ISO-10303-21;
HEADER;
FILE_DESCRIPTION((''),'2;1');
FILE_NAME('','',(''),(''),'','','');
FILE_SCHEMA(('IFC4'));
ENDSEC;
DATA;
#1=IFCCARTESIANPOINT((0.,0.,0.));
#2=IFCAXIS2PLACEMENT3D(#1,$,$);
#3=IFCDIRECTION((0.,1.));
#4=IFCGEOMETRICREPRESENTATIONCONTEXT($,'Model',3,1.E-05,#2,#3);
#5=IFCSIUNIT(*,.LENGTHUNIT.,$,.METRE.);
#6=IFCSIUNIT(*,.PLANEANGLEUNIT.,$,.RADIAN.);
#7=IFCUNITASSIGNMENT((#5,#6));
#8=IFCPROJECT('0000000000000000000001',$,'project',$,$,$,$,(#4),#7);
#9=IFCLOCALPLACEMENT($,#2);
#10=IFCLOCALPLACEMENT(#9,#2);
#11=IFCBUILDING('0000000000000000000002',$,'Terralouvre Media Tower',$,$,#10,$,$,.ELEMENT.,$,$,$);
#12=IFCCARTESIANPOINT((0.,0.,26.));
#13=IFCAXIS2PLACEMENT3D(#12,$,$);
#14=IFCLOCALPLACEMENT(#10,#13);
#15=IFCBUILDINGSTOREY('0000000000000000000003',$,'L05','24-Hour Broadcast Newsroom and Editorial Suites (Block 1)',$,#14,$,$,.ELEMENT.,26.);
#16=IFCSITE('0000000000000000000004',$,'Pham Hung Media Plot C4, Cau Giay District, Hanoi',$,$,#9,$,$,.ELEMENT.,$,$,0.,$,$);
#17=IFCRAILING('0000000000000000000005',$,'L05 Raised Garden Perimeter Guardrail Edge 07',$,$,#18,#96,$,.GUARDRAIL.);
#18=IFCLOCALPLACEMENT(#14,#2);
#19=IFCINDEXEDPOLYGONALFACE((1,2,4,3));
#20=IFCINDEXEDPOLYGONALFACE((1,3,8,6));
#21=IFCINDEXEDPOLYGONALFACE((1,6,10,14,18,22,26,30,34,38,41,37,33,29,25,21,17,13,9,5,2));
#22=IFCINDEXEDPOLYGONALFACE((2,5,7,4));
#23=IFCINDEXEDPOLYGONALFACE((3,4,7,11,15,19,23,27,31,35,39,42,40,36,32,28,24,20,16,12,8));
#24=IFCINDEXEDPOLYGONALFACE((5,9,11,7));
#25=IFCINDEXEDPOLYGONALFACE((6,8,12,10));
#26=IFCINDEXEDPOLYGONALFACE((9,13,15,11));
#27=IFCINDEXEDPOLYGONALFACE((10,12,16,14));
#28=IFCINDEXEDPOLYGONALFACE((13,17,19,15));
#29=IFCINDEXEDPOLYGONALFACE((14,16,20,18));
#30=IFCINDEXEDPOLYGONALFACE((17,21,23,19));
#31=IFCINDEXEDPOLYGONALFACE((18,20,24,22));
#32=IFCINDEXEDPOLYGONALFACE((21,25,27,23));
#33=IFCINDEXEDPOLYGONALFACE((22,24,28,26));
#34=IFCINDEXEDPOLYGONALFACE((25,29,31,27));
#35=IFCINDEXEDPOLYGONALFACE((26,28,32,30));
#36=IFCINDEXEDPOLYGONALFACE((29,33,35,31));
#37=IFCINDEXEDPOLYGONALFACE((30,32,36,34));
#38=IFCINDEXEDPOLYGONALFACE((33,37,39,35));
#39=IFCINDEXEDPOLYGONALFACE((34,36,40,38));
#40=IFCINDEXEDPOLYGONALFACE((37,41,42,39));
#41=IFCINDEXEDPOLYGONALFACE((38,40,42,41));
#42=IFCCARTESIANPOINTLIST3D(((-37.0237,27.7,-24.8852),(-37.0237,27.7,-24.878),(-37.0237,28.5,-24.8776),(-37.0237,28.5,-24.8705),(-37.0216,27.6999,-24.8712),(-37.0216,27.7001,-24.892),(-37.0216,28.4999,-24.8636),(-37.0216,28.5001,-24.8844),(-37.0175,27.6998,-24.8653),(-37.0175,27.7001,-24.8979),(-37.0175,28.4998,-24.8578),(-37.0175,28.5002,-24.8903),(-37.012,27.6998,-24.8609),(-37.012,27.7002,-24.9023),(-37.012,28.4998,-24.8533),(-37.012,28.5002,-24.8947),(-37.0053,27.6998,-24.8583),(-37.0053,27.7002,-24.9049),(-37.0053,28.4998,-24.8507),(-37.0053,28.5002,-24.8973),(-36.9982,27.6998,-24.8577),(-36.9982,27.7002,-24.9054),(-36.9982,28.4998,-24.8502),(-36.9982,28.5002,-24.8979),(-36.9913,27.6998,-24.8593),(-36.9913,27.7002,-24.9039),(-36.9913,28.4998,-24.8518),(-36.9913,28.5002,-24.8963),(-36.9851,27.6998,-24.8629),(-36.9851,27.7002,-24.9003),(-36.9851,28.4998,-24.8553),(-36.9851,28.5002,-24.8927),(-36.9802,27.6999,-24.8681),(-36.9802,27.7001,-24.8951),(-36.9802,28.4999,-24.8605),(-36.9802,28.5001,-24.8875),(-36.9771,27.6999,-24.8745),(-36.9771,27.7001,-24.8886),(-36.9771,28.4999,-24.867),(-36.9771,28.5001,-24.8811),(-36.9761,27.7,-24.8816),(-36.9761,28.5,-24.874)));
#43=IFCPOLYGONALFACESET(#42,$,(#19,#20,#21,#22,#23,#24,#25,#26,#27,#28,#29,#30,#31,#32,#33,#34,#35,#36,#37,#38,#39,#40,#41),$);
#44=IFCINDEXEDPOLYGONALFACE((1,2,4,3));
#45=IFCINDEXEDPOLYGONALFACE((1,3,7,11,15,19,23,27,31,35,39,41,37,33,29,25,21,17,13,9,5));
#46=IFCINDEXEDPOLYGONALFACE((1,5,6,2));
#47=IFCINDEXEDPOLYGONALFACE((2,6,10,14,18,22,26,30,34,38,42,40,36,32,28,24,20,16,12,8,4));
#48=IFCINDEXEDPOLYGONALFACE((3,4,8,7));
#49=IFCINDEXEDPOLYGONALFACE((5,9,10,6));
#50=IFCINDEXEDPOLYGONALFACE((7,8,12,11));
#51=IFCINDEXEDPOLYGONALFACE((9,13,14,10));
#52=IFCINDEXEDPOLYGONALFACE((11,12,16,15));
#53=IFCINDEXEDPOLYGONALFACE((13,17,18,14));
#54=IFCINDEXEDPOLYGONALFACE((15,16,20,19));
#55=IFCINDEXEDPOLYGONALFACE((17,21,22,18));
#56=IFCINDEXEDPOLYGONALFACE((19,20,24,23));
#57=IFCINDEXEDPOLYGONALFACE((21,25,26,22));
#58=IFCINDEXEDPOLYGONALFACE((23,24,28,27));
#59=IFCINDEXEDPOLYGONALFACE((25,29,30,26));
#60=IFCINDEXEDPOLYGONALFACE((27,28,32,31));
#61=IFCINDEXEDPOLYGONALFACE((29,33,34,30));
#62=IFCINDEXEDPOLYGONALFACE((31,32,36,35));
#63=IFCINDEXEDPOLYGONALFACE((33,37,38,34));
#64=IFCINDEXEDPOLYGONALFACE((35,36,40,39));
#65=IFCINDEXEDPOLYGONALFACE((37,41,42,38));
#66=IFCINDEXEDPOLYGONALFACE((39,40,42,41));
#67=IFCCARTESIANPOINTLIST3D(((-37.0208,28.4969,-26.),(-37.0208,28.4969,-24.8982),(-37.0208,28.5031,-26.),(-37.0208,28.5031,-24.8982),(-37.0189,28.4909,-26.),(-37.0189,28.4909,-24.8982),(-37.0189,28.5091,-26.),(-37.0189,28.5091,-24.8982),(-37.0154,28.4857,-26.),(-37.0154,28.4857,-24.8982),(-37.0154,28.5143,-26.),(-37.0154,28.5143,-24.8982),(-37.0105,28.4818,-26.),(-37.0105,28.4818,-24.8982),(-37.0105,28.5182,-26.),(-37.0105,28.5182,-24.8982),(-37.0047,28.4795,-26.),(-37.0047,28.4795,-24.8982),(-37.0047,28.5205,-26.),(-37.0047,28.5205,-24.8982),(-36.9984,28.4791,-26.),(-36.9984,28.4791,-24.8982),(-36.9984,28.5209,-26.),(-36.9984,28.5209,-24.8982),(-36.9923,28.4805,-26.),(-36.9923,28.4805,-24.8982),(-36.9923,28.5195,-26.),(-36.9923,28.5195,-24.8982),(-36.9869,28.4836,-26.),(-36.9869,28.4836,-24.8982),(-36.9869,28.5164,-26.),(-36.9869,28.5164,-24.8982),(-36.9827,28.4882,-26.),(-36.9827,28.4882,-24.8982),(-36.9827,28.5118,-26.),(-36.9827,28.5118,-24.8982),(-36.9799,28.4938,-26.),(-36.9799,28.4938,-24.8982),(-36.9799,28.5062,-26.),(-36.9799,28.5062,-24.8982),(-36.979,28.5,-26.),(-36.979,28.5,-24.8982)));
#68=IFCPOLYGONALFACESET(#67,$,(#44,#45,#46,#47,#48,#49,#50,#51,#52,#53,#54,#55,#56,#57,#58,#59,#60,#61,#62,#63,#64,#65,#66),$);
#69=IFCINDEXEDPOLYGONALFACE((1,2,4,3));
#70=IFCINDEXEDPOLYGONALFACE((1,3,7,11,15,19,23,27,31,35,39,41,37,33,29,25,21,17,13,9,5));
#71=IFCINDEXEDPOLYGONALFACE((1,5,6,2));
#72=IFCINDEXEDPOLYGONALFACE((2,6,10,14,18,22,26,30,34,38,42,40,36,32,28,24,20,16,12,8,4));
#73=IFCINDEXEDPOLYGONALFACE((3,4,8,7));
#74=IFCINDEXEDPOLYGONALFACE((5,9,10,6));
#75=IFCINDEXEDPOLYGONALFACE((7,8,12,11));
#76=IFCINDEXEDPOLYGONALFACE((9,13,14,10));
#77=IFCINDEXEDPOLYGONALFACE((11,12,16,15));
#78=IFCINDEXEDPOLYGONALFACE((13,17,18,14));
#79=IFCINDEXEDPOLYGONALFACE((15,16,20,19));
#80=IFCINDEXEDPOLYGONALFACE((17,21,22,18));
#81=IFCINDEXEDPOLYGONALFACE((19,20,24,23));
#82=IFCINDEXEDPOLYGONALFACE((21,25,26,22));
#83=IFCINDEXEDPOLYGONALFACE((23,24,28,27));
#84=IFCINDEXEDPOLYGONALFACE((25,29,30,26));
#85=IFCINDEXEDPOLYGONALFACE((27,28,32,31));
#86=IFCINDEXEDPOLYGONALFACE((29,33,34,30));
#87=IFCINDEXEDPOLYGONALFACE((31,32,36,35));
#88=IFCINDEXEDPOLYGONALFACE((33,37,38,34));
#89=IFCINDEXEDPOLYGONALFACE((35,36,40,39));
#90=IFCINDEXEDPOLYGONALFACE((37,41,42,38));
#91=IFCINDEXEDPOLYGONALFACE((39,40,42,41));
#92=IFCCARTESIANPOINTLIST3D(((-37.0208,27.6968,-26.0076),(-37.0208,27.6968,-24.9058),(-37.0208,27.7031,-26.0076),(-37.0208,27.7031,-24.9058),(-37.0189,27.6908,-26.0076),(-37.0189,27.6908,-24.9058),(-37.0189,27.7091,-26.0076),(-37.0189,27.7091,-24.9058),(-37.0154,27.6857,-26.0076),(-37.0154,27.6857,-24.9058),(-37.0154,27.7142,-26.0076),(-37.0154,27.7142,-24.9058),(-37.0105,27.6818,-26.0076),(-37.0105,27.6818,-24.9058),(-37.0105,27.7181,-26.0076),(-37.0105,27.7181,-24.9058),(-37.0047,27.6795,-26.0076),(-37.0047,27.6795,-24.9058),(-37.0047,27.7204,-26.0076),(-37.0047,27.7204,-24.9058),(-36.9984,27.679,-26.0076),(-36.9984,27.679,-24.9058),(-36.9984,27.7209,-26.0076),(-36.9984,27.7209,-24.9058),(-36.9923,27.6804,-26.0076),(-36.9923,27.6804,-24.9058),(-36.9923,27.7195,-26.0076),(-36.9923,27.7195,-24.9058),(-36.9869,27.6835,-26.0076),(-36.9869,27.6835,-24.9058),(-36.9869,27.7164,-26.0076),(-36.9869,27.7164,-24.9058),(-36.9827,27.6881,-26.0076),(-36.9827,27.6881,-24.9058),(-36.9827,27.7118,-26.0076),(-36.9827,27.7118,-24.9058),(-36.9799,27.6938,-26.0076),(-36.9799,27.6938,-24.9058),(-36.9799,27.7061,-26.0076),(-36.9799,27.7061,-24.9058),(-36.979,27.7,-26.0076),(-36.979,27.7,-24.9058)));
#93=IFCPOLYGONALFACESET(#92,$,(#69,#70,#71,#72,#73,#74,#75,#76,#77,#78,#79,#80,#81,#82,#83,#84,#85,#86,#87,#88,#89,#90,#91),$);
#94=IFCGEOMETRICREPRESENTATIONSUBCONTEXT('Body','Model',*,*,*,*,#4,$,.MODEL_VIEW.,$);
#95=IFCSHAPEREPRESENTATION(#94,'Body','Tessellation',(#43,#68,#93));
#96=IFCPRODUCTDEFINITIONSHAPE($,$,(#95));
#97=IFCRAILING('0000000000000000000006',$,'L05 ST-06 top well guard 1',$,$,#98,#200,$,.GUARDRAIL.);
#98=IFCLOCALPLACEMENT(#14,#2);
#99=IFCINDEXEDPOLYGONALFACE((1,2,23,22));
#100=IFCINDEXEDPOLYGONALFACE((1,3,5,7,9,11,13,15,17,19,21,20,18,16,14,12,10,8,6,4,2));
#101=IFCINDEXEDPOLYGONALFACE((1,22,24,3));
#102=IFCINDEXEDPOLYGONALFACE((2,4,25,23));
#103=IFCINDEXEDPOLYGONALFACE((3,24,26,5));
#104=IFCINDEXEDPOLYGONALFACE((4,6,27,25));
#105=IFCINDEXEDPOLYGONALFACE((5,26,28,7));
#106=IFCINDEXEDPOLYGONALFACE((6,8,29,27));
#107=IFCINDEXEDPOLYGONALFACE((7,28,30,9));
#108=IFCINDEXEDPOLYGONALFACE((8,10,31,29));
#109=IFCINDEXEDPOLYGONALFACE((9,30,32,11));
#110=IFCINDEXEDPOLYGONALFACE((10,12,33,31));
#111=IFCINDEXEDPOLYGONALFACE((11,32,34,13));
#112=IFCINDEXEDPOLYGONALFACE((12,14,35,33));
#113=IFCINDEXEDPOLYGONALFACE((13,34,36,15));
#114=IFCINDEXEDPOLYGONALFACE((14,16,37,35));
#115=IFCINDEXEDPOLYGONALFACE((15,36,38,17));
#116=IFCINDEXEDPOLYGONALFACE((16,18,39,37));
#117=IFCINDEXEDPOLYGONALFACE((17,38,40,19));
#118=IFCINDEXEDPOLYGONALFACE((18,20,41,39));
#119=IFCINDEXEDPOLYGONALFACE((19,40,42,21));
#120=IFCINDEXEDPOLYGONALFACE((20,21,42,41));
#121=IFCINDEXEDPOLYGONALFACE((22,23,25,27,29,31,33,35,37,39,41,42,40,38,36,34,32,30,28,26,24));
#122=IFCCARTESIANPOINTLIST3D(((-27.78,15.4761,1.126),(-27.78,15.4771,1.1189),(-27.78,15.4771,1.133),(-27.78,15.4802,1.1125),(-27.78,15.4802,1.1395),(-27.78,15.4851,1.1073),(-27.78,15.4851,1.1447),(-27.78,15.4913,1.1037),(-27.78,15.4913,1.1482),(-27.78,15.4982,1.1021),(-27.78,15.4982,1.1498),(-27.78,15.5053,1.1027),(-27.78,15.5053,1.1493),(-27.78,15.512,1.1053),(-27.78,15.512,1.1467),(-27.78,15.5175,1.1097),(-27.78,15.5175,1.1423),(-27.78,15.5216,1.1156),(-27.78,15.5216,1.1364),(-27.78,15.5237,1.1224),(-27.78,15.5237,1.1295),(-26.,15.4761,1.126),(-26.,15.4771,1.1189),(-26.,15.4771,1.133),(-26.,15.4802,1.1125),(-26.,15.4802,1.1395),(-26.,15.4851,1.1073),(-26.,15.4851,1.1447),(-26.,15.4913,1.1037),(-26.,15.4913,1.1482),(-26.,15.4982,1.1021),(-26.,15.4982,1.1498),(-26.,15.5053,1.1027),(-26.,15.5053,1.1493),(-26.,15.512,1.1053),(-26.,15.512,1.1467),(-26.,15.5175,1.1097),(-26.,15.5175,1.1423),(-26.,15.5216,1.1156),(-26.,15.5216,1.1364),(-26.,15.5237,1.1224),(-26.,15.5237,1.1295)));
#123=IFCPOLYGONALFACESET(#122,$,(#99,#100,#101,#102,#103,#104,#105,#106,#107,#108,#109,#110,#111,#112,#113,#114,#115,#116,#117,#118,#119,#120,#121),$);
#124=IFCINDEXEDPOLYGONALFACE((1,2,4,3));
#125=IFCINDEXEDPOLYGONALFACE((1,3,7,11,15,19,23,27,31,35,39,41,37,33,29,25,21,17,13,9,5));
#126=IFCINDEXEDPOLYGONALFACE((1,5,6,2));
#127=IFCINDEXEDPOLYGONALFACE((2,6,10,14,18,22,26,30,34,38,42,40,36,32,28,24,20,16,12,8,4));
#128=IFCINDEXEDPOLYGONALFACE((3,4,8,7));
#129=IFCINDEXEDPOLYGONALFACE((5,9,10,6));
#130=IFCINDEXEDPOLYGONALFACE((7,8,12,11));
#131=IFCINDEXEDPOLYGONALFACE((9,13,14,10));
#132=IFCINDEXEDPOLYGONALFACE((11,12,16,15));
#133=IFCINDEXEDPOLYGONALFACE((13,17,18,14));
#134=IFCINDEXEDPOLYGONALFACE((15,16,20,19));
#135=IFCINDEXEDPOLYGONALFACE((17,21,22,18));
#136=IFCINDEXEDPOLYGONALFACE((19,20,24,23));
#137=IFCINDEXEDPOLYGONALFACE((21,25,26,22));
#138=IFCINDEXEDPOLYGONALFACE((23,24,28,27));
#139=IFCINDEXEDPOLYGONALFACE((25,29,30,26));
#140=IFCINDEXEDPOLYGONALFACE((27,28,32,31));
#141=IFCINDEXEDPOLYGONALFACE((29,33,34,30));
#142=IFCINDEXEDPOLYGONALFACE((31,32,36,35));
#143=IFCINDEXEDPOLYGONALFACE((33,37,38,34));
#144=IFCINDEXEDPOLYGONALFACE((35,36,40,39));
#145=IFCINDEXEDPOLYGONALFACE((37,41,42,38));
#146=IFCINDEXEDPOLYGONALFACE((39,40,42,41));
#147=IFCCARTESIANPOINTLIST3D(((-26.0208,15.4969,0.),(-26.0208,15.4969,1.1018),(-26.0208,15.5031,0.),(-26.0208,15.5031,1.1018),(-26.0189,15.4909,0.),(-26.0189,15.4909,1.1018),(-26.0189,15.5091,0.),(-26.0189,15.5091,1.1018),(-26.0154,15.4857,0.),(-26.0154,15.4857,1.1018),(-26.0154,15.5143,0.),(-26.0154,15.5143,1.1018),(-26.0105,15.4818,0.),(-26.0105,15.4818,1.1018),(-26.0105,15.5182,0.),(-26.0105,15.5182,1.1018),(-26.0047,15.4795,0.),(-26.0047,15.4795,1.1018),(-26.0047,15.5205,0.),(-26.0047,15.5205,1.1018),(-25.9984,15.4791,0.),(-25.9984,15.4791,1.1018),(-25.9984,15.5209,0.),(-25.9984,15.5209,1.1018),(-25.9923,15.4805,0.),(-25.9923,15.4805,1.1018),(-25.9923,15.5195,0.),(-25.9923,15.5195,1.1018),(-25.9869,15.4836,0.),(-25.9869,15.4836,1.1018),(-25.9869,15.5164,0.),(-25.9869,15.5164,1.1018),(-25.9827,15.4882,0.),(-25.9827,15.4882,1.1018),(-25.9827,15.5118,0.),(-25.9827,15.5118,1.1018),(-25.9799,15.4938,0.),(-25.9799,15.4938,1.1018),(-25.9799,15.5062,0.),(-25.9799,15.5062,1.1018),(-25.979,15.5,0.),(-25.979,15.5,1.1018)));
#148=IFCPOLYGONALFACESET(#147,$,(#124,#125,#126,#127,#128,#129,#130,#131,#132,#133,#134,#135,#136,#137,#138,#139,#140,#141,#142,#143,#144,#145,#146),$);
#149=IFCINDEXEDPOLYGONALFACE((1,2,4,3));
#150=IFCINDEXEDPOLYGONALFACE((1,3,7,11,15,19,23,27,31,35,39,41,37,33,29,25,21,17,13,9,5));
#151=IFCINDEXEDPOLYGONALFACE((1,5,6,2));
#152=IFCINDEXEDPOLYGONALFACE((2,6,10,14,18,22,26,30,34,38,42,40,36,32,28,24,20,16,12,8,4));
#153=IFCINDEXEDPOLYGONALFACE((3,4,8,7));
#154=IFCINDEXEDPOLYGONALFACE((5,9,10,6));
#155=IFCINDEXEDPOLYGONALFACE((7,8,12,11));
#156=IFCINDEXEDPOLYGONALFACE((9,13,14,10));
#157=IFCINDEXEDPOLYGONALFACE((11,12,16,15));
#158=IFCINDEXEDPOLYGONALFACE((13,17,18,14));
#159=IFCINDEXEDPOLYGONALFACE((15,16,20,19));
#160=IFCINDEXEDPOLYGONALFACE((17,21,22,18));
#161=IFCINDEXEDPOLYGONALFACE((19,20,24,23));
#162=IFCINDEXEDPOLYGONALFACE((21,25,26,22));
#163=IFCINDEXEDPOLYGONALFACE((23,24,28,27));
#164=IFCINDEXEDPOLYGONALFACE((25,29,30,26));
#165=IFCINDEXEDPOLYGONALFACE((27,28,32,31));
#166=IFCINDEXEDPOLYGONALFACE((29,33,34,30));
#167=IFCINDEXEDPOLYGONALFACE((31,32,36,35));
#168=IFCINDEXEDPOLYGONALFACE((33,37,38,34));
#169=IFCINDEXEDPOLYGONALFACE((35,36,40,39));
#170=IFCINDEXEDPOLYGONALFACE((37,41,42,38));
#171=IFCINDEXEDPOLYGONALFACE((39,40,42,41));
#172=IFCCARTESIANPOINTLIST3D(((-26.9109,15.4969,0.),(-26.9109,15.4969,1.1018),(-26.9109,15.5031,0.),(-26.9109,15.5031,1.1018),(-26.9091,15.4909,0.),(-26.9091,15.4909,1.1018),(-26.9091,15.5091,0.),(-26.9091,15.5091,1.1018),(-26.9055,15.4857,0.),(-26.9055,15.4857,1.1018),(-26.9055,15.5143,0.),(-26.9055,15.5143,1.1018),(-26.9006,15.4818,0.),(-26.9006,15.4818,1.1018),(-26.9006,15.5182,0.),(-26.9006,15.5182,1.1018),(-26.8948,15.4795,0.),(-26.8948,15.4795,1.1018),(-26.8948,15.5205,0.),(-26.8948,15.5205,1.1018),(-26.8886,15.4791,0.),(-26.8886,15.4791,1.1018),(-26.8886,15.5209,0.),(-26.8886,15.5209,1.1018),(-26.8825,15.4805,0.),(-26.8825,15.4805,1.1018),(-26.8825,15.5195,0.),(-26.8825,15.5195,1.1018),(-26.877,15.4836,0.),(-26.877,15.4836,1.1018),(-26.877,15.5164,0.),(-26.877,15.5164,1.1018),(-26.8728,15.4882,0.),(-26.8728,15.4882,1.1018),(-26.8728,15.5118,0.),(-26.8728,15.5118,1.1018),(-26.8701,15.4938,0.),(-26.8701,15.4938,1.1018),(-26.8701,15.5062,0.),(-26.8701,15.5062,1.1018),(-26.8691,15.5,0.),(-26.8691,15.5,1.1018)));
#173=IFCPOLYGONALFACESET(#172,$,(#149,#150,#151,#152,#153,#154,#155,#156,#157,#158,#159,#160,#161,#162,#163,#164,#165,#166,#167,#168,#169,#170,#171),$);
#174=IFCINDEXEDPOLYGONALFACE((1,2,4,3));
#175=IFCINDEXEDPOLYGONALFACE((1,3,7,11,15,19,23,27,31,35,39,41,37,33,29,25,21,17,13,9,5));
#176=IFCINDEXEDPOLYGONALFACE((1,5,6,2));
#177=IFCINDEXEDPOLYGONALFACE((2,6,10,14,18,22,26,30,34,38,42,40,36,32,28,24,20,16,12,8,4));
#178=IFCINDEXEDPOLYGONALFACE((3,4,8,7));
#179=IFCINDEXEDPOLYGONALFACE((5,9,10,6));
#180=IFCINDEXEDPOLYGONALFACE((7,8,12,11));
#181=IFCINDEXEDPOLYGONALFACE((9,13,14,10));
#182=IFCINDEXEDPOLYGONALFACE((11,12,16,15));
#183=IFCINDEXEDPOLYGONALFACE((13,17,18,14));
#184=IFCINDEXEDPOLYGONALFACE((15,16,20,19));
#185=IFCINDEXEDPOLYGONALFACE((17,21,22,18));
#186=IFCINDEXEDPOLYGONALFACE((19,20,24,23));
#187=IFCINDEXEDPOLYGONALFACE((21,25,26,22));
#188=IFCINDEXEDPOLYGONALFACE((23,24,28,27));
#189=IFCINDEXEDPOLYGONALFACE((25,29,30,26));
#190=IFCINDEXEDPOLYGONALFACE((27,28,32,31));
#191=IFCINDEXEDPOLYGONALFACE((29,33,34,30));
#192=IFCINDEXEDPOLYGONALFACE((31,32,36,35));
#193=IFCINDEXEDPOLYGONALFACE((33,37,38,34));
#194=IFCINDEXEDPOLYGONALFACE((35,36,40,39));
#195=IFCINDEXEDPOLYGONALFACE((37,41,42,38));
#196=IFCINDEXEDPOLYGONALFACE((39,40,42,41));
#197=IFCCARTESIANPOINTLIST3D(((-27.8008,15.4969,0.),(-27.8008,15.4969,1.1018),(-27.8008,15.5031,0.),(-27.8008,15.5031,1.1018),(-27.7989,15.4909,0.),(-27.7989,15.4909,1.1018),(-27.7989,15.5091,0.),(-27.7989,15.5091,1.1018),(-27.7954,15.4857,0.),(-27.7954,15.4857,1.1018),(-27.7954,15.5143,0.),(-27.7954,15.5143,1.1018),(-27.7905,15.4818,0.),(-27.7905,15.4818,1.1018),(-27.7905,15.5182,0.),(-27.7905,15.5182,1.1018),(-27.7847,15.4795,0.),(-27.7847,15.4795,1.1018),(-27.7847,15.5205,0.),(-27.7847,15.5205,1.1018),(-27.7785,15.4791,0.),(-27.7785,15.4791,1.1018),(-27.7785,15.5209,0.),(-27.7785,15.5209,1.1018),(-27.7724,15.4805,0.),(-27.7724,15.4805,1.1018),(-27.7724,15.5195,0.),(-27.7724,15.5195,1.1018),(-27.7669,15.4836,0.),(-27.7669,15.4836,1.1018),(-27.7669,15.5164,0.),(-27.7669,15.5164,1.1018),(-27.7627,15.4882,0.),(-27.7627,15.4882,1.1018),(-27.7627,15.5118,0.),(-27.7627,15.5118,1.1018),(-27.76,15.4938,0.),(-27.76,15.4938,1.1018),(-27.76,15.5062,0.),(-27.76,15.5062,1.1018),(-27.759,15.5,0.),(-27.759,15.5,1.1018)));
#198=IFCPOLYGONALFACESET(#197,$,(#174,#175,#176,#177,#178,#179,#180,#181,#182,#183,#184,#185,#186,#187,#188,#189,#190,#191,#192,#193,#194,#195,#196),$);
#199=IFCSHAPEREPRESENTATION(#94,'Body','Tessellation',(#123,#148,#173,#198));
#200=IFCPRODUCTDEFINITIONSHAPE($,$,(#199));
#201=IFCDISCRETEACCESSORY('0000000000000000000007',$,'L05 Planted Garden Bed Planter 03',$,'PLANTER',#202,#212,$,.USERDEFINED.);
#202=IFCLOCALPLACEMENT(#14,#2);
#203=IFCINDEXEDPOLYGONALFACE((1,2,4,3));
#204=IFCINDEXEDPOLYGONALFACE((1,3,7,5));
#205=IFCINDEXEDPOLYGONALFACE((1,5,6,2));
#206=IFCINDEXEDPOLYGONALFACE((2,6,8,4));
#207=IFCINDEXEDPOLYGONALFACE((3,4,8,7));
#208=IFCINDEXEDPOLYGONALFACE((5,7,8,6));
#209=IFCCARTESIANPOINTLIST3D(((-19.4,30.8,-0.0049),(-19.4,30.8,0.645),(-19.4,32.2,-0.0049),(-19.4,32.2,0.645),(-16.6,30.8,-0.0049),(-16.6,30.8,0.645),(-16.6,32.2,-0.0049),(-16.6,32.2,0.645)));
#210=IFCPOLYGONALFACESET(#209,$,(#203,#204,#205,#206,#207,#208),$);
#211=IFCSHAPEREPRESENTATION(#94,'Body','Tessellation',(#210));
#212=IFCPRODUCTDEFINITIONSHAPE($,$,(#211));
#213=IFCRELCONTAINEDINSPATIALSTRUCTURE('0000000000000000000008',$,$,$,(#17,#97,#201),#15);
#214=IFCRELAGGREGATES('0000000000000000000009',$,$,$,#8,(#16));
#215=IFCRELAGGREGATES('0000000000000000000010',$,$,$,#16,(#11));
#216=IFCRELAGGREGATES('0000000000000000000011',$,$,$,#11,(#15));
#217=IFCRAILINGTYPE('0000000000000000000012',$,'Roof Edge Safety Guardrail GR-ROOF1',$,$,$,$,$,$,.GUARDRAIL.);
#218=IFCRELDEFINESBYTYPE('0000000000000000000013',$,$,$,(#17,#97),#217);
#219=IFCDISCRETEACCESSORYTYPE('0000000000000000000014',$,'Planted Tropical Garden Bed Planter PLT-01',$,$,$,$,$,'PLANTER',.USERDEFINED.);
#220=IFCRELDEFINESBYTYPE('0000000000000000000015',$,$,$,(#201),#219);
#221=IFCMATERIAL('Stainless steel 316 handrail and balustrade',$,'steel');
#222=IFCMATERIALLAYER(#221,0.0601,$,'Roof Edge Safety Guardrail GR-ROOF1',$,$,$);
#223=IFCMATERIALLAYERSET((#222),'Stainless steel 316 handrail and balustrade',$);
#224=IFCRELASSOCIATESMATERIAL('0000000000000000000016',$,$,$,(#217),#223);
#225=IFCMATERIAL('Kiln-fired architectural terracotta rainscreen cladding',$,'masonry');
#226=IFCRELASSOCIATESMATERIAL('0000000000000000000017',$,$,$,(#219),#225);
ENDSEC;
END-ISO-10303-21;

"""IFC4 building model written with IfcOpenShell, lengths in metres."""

from ifc_helpers import new_model, si_unit, direction, frame, origin, origin_2d, place, context, subcontext, project, spatial, rectangle, circle, extrude, material, layer, layer_set, type_object, element, save


model = new_model("IFC4")

# Units and contexts
model_context = context("Model", 3, precision=1e-05, world=origin(), true_north=direction((0.0, 1.0)))
body_context = subcontext(model_context, "Body", "Model", "MODEL_VIEW")
ifc_project = project(units=[si_unit("LENGTHUNIT", "METRE"), si_unit("PLANEANGLEUNIT", "RADIAN")], contexts=[model_context])

# Site, building, storey
site_placement = place(None, origin())
site = spatial("IfcSite", under=ifc_project, at=site_placement, Name="Pham Hung Media Plot C4, Cau Giay District, Hanoi", CompositionType="ELEMENT", RefElevation=0.0)
building_placement = place(site_placement, origin())
building = spatial("IfcBuilding", under=site, at=building_placement, Name="Terralouvre Media Tower", CompositionType="ELEMENT")
storey_placement = place(building_placement, frame((0.0, 0.0, 26.0)))
storey = spatial("IfcBuildingStorey", under=building, at=storey_placement, Name="L05", Description="24-Hour Broadcast Newsroom and Editorial Suites (Block 1)", CompositionType="ELEMENT", Elevation=26.0)

# Railings
ifc_material_1 = material(Name="Stainless steel 316 handrail and balustrade", Category="steel")
ifc_layer_1 = layer(ifc_material_1, 0.0601, Name="Roof Edge Safety Guardrail GR-ROOF1")
ifc_layer_set_1 = layer_set([ifc_layer_1], Name="Stainless steel 316 handrail and balustrade")
railing_type = type_object("IfcRailingType", Name="Roof Edge Safety Guardrail GR-ROOF1", PredefinedType="GUARDRAIL", material=ifc_layer_set_1)
railing_1_placement = place(storey_placement, frame((-37.0, 28.5, -26.0)))
element("IfcRailing", 1, at=railing_1_placement, inside=storey, type_object=railing_type, Name="L05 Raised Garden Perimeter Guardrail Edge 07", PredefinedType="GUARDRAIL", context=body_context, shape_type="SweptSolid", body=[
    extrude(circle(Radius=0.0239, at=origin_2d()), frame((0.0, 0.0, 1.126), z_axis=(0.0, -0.999955, -0.009459), x_axis=(1.0, 0.0, 0.0)), (0.0, 0.0, 1.0), 0.8),
    extrude(circle(Radius=0.021, at=origin_2d()), origin(), (0.0, 0.0, 1.0), 1.1018),
    extrude(circle(Radius=0.021, at=origin_2d()), frame((0.0, -0.8, -0.0076)), (0.0, 0.0, 1.0), 1.1018),
])
railing_2_placement = place(storey_placement, frame((-26.0, 15.5, 0.0)))
element("IfcRailing", 2, at=railing_2_placement, inside=storey, type_object=railing_type, Name="L05 ST-06 top well guard 1", PredefinedType="GUARDRAIL", context=body_context, shape_type="SweptSolid", body=[
    extrude(circle(Radius=0.0239, at=origin_2d()), frame((0.0, 0.0, 1.126), z_axis=(-1.0, 0.0, 0.0), x_axis=(0.0, -1.0, 0.0)), (0.0, 0.0, 1.0), 1.78),
    extrude(circle(Radius=0.021, at=origin_2d()), origin(), (0.0, 0.0, 1.0), 1.1018),
    extrude(circle(Radius=0.021, at=origin_2d()), frame((-0.8901, 0.0, 0.0)), (0.0, 0.0, 1.0), 1.1018),
    extrude(circle(Radius=0.021, at=origin_2d()), frame((-1.78, 0.0, 0.0)), (0.0, 0.0, 1.0), 1.1018),
])

# Discrete accessory
ifc_material_2 = material(Name="Kiln-fired architectural terracotta rainscreen cladding", Category="masonry")
discrete_accessory_type = type_object("IfcDiscreteAccessoryType", Name="Planted Tropical Garden Bed Planter PLT-01", ElementType="PLANTER", PredefinedType="USERDEFINED", material=ifc_material_2)
discrete_accessory_placement = place(storey_placement, frame((-18.0, 31.5, -0.0049), z_axis=(0.0, 0.0, 1.0), x_axis=(1.0, 0.0, 0.0)))
element("IfcDiscreteAccessory", 3, at=discrete_accessory_placement, inside=storey, type_object=discrete_accessory_type, Name="L05 Planted Garden Bed Planter 03", ObjectType="PLANTER", PredefinedType="USERDEFINED", context=body_context, shape_type="SweptSolid", body=[
    extrude(rectangle(XDim=2.8, YDim=1.3999, at=origin_2d()), origin(), (0.0, 0.0, 1.0), 0.6499),
])

save(model, "model.ifc")
